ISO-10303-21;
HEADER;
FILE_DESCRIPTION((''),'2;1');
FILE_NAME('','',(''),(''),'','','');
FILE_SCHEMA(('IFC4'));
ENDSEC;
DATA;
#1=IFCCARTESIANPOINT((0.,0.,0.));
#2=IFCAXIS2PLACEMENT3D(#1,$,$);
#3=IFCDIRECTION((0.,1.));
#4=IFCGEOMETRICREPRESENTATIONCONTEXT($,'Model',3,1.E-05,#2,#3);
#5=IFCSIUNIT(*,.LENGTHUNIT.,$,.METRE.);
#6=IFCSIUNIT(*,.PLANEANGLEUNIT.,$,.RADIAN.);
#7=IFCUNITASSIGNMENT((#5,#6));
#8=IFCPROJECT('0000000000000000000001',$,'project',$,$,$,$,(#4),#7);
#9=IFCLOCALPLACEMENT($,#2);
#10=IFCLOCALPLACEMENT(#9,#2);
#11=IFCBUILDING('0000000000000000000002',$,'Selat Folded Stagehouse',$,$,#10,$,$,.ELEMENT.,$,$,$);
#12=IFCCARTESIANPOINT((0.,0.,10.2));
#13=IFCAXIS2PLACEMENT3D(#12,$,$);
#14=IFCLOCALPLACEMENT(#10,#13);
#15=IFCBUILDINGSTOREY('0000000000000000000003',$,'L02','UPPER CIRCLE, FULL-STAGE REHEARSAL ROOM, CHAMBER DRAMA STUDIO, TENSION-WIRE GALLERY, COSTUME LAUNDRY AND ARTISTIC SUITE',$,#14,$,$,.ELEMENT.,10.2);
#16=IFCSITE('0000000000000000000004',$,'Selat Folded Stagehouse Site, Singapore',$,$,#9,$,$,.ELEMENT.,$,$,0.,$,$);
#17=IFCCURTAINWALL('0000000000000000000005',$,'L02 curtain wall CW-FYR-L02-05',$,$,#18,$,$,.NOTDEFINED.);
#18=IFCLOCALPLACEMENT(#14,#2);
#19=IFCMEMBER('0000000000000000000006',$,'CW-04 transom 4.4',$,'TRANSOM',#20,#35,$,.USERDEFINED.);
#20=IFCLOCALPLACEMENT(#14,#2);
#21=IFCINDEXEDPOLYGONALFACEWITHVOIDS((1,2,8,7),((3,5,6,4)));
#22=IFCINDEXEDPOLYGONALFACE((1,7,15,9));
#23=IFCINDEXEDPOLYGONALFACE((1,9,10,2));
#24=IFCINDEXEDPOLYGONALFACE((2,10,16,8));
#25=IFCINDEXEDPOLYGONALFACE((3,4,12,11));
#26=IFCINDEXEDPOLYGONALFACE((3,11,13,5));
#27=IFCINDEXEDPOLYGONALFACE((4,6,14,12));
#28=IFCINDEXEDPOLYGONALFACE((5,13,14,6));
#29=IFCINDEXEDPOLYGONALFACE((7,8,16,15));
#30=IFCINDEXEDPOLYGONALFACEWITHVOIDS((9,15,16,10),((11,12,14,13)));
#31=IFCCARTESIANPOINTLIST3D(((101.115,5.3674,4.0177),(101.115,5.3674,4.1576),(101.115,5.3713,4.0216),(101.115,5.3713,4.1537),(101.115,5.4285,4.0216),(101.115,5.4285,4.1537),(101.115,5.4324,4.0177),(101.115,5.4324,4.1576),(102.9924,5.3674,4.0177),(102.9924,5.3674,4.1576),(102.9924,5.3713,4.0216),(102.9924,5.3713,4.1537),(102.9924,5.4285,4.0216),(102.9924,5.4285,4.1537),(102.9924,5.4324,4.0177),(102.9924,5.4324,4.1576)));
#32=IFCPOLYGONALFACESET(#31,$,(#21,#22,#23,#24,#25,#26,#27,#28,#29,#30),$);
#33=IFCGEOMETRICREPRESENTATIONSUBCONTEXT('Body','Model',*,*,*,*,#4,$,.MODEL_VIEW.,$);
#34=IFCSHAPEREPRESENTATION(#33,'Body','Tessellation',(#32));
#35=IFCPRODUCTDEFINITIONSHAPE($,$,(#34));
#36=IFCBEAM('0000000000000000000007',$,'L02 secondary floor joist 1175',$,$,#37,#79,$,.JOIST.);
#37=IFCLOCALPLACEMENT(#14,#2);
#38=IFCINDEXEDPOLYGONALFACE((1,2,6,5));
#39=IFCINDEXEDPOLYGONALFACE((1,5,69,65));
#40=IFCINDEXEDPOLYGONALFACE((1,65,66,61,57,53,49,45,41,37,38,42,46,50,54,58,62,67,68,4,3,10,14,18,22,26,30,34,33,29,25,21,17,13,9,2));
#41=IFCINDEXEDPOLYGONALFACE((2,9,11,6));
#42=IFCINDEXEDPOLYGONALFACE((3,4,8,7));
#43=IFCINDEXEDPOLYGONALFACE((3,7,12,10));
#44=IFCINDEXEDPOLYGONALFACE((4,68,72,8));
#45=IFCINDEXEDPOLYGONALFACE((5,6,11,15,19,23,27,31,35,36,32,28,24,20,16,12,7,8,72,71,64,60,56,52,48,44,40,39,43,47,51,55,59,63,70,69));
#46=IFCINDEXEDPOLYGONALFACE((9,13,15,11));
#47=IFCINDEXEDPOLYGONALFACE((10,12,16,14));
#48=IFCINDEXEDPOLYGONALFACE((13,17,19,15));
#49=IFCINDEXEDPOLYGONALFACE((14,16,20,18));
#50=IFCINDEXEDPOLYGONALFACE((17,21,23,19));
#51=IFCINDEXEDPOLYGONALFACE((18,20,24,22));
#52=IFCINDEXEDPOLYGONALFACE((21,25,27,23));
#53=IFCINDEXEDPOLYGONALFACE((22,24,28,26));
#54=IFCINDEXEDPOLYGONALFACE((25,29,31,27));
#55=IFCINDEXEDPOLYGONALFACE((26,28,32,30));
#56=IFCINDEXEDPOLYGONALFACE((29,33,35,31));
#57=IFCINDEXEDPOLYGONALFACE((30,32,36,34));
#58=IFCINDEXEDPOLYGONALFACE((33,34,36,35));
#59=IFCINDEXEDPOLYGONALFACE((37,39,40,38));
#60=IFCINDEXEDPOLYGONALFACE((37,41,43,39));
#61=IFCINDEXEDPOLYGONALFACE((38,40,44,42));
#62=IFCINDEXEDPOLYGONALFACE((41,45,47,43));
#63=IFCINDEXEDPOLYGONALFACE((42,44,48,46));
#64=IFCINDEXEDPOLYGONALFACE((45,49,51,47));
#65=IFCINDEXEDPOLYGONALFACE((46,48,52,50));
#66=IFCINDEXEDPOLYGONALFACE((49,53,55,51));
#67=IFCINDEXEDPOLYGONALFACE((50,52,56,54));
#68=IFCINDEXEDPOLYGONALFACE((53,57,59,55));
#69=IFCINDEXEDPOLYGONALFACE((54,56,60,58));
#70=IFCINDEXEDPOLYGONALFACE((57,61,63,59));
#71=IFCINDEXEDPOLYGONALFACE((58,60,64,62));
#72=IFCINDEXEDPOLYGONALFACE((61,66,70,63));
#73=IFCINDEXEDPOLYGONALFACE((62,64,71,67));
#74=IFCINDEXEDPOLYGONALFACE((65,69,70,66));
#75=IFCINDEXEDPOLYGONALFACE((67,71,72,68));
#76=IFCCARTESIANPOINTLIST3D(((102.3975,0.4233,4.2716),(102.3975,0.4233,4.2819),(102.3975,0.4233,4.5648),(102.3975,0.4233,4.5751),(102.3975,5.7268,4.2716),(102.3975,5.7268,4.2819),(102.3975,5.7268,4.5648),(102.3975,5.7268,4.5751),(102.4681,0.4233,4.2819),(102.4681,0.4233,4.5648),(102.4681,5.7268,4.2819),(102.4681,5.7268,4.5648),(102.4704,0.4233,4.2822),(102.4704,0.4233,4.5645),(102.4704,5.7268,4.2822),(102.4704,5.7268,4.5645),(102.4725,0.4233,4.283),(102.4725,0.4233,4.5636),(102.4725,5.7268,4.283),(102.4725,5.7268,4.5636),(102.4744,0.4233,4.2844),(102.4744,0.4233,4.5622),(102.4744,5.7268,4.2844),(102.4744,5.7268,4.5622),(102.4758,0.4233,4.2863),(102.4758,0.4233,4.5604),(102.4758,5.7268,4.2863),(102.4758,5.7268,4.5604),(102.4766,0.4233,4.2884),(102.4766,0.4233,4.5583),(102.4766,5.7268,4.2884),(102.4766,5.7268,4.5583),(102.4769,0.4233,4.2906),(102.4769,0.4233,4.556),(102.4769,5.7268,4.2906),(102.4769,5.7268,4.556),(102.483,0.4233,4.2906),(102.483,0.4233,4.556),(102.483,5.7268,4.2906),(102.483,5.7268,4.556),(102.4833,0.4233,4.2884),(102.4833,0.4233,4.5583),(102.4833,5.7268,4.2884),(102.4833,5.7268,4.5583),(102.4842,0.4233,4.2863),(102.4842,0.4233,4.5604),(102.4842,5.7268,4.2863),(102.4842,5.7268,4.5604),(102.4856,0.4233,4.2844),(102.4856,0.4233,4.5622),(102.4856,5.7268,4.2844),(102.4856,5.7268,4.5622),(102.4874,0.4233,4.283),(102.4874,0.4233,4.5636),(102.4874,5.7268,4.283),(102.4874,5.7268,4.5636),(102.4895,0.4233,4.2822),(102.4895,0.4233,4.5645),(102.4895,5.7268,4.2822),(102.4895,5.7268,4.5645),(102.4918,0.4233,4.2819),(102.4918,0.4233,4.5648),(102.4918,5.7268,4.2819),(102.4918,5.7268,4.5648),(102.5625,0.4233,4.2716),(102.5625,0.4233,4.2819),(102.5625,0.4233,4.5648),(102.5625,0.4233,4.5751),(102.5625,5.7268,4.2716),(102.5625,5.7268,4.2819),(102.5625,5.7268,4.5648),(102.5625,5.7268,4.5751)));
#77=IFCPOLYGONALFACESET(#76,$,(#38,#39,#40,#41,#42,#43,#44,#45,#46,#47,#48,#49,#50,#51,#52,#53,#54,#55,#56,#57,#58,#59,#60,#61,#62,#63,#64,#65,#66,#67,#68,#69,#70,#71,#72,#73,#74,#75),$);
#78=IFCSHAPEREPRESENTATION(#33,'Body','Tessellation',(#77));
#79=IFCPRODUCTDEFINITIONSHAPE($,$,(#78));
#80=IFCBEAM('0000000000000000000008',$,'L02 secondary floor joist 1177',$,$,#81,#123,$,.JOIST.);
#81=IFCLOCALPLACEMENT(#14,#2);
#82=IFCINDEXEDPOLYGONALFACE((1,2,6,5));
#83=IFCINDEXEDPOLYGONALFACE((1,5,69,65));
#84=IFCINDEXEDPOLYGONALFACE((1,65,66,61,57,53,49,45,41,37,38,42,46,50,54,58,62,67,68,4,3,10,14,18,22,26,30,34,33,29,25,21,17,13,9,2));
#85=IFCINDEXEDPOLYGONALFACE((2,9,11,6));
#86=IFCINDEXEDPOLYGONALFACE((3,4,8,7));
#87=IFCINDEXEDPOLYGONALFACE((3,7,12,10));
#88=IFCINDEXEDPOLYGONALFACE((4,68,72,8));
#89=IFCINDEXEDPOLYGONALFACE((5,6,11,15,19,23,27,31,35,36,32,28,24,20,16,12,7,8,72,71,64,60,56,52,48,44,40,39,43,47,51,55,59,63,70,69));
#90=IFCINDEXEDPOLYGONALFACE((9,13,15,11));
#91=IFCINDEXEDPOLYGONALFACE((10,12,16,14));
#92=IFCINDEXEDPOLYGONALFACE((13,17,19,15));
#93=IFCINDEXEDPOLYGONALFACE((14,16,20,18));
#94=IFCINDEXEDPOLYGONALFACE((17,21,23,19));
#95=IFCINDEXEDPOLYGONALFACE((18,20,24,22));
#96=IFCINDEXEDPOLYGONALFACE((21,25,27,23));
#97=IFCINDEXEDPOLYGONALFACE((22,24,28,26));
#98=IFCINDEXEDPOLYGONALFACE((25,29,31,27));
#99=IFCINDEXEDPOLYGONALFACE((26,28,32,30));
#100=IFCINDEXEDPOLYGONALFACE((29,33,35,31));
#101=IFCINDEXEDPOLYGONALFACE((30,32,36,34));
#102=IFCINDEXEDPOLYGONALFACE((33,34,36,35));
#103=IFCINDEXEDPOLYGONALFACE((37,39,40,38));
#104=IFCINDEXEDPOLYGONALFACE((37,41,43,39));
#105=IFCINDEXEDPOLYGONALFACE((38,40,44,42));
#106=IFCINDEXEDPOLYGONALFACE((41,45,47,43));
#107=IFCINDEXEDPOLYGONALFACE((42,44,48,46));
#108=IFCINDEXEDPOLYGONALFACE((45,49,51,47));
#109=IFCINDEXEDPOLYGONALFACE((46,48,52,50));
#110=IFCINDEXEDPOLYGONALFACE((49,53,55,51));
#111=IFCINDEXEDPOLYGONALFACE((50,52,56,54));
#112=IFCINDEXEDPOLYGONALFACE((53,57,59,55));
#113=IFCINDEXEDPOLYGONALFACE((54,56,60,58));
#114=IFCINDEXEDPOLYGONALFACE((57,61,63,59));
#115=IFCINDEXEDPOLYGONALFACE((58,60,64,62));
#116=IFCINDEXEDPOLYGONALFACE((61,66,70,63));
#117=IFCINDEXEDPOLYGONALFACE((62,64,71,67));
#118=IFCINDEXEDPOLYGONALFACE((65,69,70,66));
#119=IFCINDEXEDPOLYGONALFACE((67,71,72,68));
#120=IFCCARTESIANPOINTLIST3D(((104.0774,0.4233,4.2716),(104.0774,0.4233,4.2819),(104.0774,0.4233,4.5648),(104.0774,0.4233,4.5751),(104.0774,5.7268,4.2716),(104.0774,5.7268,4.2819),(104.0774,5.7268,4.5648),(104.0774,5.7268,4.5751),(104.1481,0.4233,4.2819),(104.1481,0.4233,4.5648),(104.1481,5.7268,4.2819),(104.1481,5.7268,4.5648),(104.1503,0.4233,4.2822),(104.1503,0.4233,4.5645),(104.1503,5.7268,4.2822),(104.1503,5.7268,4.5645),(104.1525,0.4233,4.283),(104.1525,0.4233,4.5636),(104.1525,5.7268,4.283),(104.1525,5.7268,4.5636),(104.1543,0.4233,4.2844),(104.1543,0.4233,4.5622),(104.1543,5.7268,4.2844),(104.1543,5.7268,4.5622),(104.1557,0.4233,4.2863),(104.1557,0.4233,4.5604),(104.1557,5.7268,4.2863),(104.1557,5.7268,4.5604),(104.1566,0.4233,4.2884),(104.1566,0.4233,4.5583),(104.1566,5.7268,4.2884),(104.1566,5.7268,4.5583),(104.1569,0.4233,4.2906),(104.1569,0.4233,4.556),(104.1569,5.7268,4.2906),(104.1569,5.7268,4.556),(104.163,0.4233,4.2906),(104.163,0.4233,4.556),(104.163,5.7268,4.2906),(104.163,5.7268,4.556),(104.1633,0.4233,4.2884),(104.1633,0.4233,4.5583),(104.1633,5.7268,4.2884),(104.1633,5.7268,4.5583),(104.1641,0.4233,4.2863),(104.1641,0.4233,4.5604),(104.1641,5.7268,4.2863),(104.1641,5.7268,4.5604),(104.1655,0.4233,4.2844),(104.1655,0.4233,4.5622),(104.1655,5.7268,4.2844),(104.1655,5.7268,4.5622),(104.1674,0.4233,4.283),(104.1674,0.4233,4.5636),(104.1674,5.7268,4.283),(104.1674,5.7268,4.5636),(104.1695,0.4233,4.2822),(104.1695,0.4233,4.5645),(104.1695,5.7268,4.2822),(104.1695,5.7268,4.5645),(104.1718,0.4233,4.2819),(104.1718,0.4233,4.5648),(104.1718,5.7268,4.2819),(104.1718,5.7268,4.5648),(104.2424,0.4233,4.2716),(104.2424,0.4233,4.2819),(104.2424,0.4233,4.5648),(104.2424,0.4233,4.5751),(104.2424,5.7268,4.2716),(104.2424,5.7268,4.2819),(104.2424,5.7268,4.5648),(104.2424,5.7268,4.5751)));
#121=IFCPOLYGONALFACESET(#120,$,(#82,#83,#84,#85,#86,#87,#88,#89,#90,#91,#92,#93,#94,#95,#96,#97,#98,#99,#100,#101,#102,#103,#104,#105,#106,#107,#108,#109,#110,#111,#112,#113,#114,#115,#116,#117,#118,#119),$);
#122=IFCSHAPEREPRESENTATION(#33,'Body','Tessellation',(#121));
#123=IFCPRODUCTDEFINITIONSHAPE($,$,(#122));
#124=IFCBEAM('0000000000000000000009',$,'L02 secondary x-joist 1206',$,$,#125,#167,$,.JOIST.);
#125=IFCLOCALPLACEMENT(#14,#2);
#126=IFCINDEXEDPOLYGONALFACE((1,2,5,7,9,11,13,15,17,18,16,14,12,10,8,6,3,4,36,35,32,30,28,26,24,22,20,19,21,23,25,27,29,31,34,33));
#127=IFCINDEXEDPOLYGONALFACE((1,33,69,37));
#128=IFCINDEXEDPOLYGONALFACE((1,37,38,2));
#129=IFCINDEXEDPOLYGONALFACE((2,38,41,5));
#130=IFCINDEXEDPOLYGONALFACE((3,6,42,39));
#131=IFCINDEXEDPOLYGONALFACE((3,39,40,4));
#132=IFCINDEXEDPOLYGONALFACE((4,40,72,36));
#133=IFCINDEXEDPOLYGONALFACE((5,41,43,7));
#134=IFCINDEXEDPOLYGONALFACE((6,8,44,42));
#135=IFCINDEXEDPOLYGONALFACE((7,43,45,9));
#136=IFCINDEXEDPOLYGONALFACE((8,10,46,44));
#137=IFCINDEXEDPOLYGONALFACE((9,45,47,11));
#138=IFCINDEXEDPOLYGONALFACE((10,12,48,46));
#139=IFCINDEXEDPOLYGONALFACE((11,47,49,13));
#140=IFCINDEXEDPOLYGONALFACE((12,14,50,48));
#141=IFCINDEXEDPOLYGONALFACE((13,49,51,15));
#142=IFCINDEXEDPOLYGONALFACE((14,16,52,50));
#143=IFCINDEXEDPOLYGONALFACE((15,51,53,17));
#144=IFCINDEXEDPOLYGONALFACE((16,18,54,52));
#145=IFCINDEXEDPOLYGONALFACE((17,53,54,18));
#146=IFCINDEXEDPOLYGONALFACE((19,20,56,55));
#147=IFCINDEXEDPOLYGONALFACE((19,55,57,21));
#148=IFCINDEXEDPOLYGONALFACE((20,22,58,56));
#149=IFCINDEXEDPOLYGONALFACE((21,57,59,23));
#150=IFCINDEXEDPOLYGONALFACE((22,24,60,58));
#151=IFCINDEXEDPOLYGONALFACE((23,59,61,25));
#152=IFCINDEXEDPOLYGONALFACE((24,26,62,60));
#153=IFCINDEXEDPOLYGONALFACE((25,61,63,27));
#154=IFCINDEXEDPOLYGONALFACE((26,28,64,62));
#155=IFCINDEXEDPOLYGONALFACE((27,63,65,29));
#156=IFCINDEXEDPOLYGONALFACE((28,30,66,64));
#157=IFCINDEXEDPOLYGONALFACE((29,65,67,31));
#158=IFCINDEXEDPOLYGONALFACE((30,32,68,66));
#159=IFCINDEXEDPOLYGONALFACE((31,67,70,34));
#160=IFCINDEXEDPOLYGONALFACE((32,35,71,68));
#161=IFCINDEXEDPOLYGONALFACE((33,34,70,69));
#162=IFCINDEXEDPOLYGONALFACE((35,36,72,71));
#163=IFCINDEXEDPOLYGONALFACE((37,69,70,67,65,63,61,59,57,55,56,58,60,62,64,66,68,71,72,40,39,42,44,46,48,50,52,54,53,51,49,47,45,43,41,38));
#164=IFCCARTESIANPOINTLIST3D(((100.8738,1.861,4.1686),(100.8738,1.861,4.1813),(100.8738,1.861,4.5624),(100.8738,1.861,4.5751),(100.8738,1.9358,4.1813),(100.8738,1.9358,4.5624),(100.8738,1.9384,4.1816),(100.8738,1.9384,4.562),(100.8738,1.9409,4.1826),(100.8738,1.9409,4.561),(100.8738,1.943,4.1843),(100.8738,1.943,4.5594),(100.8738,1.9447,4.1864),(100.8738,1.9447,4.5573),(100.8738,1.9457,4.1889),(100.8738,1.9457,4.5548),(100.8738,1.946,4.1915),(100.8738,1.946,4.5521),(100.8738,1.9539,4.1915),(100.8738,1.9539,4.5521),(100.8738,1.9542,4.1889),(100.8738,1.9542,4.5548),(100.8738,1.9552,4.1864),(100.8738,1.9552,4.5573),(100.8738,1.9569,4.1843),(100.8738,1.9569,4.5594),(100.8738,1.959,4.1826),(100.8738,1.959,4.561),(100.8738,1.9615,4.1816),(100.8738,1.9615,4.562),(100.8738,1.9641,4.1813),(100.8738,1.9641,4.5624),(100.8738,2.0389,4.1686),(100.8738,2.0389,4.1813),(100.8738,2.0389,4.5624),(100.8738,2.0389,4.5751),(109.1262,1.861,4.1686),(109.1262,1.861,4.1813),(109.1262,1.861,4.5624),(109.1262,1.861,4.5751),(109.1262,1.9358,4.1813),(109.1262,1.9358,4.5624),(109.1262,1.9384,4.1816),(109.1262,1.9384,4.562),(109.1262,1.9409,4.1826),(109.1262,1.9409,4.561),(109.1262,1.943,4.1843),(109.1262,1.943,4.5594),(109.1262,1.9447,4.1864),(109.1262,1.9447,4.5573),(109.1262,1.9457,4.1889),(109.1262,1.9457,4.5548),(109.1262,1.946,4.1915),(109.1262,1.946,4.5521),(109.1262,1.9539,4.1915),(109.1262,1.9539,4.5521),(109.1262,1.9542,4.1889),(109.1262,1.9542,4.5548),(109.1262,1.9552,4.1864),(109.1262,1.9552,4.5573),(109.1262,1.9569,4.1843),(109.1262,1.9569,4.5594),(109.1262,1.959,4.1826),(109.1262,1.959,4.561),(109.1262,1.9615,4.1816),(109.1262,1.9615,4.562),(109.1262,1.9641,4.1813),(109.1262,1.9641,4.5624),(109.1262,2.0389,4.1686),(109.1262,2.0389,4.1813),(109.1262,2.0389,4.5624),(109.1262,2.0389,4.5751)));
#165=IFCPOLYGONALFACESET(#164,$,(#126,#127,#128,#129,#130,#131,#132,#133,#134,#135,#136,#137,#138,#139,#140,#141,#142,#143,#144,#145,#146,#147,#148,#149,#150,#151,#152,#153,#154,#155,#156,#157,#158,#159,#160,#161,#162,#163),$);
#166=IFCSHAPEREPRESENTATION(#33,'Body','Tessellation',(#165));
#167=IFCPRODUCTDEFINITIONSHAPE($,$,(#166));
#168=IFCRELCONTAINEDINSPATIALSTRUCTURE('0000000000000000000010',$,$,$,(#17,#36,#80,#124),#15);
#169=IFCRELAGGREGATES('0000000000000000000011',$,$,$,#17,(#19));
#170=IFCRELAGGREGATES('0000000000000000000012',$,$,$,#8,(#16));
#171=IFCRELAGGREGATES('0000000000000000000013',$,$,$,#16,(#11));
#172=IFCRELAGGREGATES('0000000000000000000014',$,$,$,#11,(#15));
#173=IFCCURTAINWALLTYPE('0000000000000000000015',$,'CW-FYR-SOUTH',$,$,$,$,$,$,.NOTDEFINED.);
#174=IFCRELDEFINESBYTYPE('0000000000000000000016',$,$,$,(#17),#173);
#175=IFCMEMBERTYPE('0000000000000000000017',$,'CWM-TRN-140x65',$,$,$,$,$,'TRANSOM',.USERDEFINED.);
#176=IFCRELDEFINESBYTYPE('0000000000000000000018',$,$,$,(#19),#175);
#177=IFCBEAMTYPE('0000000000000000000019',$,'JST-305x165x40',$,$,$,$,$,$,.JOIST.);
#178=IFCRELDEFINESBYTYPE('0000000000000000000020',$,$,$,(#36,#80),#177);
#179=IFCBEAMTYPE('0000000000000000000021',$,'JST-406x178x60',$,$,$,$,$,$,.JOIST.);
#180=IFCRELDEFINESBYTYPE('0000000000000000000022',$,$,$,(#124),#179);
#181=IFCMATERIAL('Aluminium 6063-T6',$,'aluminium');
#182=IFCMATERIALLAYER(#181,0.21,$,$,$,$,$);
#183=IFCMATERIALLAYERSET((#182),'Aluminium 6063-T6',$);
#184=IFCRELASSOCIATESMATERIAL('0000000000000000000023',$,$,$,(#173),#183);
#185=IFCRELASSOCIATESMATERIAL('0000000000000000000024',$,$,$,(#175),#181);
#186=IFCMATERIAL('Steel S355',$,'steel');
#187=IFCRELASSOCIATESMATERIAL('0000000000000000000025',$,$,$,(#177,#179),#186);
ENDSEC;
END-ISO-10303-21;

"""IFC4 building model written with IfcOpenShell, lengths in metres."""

from ifc_helpers import new_model, si_unit, direction, frame, origin, origin_2d, place, context, subcontext, project, spatial, hollow_rectangle, i_section, extrude, material, layer, layer_set, material_profile, profile_set, type_object, element, aggregate, save


model = new_model("IFC4")

# Units and contexts
model_context = context("Model", 3, precision=1e-05, world=origin(), true_north=direction((0.0, 1.0)))
body_context = subcontext(model_context, "Body", "Model", "MODEL_VIEW")
ifc_project = project(units=[si_unit("LENGTHUNIT", "METRE"), si_unit("PLANEANGLEUNIT", "RADIAN")], contexts=[model_context])

# Site, building, storey
site_placement = place(None, origin())
site = spatial("IfcSite", under=ifc_project, at=site_placement, Name="Selat Folded Stagehouse Site, Singapore", CompositionType="ELEMENT", RefElevation=0.0)
building_placement = place(site_placement, origin())
building = spatial("IfcBuilding", under=site, at=building_placement, Name="Selat Folded Stagehouse", CompositionType="ELEMENT")
storey_placement = place(building_placement, frame((0.0, 0.0, 10.2)))
storey = spatial("IfcBuildingStorey", under=building, at=storey_placement, Name="L02", Description="UPPER CIRCLE, FULL-STAGE REHEARSAL ROOM, CHAMBER DRAMA STUDIO, TENSION-WIRE GALLERY, COSTUME LAUNDRY AND ARTISTIC SUITE", CompositionType="ELEMENT", Elevation=10.2)

# Shared definitions
ifc_material_1 = material(Name="Steel S355", Category="steel")

# Curtain wall, member
ifc_material_2 = material(Name="Aluminium 6063-T6", Category="aluminium")
ifc_layer_1 = layer(ifc_material_2, 0.21)
ifc_layer_set_1 = layer_set([ifc_layer_1], Name="Aluminium 6063-T6")
curtain_wall_type = type_object("IfcCurtainWallType", Name="CW-FYR-SOUTH", PredefinedType="NOTDEFINED", material=ifc_layer_set_1)
curtain_wall_placement = place(storey_placement, origin())
curtain_wall = element("IfcCurtainWall", 1, at=curtain_wall_placement, inside=storey, type_object=curtain_wall_type, Name="L02 curtain wall CW-FYR-L02-05", PredefinedType="NOTDEFINED")
ifc_material_profile_1 = material_profile(ifc_material_2, hollow_rectangle(XDim=0.0649, YDim=0.1399, WallThickness=0.0039, at=origin_2d()), Name="ALU 140x65x4.0")
ifc_profile_set_1 = profile_set([ifc_material_profile_1], Name="Aluminium 6063-T6")
member_type_1 = type_object("IfcMemberType", Name="CWM-TRN-140x65", ElementType="TRANSOM", PredefinedType="USERDEFINED", material=ifc_profile_set_1)
member_1_placement = place(storey_placement, frame((102.9924, 5.3999, 4.0876), z_axis=(-1.0, 0.0, 0.0), x_axis=(0.0, -1.0, 0.0)))
member_1 = element("IfcMember", 2, at=member_1_placement, type_object=member_type_1, Name="CW-04 transom 4.4", ObjectType="TRANSOM", PredefinedType="USERDEFINED", context=body_context, shape_type="SweptSolid", body=[
    extrude(hollow_rectangle(XDim=0.0649, YDim=0.1399, WallThickness=0.0039, at=origin_2d()), origin(), (0.0, 0.0, 1.0), 1.8774),
])

# Beams
ifc_material_profile_2 = material_profile(ifc_material_1, i_section(OverallWidth=0.165, OverallDepth=0.3035, WebThickness=0.0061, FlangeThickness=0.0103, FilletRadius=0.0088, at=origin_2d()), Name="UKB 305x165x40")
ifc_profile_set_2 = profile_set([ifc_material_profile_2], Name="Steel S355")
beam_type_1 = type_object("IfcBeamType", Name="JST-305x165x40", PredefinedType="JOIST", material=ifc_profile_set_2)
for number, where, z_axis, x_axis, name in (
    (3, (102.48, 0.4233, 4.4233), (0.0, 1.0, 0.0), (-1.0, 0.0, 0.0), "L02 secondary floor joist 1175"),
    (4, (104.1599, 0.4233, 4.4233), (0.0, 1.0, 0.0), (-1.0, 0.0, 0.0), "L02 secondary floor joist 1177"),
):
    element("IfcBeam", number, at=place(storey_placement, frame(where, z_axis=z_axis, x_axis=x_axis)), inside=storey, type_object=beam_type_1, Name=name, PredefinedType="JOIST", context=body_context, shape_type="SweptSolid", body=[
        extrude(i_section(OverallWidth=0.165, OverallDepth=0.3035, WebThickness=0.0061, FlangeThickness=0.0103, FilletRadius=0.0088, at=origin_2d()), origin(), (0.0, 0.0, 1.0), 5.3035),
    ])
ifc_material_profile_3 = material_profile(ifc_material_1, i_section(OverallWidth=0.178, OverallDepth=0.4065, WebThickness=0.0078, FlangeThickness=0.0127, FilletRadius=0.0103, at=origin_2d()), Name="UKB 406x178x60")
ifc_profile_set_3 = profile_set([ifc_material_profile_3], Name="Steel S355")
beam_type_2 = type_object("IfcBeamType", Name="JST-406x178x60", PredefinedType="JOIST", material=ifc_profile_set_3)
for number, where, z_axis, x_axis, name in (
    (5, (100.8738, 1.95, 4.3718), (1.0, 0.0, 0.0), (0.0, 1.0, 0.0), "L02 secondary x-joist 1206"),
):
    element("IfcBeam", number, at=place(storey_placement, frame(where, z_axis=z_axis, x_axis=x_axis)), inside=storey, type_object=beam_type_2, Name=name, PredefinedType="JOIST", context=body_context, shape_type="SweptSolid", body=[
        extrude(i_section(OverallWidth=0.178, OverallDepth=0.4065, WebThickness=0.0078, FlangeThickness=0.0127, FilletRadius=0.0103, at=origin_2d()), origin(), (0.0, 0.0, 1.0), 8.2524),
    ])

aggregate(curtain_wall, [member_1])

save(model, "model.ifc")
